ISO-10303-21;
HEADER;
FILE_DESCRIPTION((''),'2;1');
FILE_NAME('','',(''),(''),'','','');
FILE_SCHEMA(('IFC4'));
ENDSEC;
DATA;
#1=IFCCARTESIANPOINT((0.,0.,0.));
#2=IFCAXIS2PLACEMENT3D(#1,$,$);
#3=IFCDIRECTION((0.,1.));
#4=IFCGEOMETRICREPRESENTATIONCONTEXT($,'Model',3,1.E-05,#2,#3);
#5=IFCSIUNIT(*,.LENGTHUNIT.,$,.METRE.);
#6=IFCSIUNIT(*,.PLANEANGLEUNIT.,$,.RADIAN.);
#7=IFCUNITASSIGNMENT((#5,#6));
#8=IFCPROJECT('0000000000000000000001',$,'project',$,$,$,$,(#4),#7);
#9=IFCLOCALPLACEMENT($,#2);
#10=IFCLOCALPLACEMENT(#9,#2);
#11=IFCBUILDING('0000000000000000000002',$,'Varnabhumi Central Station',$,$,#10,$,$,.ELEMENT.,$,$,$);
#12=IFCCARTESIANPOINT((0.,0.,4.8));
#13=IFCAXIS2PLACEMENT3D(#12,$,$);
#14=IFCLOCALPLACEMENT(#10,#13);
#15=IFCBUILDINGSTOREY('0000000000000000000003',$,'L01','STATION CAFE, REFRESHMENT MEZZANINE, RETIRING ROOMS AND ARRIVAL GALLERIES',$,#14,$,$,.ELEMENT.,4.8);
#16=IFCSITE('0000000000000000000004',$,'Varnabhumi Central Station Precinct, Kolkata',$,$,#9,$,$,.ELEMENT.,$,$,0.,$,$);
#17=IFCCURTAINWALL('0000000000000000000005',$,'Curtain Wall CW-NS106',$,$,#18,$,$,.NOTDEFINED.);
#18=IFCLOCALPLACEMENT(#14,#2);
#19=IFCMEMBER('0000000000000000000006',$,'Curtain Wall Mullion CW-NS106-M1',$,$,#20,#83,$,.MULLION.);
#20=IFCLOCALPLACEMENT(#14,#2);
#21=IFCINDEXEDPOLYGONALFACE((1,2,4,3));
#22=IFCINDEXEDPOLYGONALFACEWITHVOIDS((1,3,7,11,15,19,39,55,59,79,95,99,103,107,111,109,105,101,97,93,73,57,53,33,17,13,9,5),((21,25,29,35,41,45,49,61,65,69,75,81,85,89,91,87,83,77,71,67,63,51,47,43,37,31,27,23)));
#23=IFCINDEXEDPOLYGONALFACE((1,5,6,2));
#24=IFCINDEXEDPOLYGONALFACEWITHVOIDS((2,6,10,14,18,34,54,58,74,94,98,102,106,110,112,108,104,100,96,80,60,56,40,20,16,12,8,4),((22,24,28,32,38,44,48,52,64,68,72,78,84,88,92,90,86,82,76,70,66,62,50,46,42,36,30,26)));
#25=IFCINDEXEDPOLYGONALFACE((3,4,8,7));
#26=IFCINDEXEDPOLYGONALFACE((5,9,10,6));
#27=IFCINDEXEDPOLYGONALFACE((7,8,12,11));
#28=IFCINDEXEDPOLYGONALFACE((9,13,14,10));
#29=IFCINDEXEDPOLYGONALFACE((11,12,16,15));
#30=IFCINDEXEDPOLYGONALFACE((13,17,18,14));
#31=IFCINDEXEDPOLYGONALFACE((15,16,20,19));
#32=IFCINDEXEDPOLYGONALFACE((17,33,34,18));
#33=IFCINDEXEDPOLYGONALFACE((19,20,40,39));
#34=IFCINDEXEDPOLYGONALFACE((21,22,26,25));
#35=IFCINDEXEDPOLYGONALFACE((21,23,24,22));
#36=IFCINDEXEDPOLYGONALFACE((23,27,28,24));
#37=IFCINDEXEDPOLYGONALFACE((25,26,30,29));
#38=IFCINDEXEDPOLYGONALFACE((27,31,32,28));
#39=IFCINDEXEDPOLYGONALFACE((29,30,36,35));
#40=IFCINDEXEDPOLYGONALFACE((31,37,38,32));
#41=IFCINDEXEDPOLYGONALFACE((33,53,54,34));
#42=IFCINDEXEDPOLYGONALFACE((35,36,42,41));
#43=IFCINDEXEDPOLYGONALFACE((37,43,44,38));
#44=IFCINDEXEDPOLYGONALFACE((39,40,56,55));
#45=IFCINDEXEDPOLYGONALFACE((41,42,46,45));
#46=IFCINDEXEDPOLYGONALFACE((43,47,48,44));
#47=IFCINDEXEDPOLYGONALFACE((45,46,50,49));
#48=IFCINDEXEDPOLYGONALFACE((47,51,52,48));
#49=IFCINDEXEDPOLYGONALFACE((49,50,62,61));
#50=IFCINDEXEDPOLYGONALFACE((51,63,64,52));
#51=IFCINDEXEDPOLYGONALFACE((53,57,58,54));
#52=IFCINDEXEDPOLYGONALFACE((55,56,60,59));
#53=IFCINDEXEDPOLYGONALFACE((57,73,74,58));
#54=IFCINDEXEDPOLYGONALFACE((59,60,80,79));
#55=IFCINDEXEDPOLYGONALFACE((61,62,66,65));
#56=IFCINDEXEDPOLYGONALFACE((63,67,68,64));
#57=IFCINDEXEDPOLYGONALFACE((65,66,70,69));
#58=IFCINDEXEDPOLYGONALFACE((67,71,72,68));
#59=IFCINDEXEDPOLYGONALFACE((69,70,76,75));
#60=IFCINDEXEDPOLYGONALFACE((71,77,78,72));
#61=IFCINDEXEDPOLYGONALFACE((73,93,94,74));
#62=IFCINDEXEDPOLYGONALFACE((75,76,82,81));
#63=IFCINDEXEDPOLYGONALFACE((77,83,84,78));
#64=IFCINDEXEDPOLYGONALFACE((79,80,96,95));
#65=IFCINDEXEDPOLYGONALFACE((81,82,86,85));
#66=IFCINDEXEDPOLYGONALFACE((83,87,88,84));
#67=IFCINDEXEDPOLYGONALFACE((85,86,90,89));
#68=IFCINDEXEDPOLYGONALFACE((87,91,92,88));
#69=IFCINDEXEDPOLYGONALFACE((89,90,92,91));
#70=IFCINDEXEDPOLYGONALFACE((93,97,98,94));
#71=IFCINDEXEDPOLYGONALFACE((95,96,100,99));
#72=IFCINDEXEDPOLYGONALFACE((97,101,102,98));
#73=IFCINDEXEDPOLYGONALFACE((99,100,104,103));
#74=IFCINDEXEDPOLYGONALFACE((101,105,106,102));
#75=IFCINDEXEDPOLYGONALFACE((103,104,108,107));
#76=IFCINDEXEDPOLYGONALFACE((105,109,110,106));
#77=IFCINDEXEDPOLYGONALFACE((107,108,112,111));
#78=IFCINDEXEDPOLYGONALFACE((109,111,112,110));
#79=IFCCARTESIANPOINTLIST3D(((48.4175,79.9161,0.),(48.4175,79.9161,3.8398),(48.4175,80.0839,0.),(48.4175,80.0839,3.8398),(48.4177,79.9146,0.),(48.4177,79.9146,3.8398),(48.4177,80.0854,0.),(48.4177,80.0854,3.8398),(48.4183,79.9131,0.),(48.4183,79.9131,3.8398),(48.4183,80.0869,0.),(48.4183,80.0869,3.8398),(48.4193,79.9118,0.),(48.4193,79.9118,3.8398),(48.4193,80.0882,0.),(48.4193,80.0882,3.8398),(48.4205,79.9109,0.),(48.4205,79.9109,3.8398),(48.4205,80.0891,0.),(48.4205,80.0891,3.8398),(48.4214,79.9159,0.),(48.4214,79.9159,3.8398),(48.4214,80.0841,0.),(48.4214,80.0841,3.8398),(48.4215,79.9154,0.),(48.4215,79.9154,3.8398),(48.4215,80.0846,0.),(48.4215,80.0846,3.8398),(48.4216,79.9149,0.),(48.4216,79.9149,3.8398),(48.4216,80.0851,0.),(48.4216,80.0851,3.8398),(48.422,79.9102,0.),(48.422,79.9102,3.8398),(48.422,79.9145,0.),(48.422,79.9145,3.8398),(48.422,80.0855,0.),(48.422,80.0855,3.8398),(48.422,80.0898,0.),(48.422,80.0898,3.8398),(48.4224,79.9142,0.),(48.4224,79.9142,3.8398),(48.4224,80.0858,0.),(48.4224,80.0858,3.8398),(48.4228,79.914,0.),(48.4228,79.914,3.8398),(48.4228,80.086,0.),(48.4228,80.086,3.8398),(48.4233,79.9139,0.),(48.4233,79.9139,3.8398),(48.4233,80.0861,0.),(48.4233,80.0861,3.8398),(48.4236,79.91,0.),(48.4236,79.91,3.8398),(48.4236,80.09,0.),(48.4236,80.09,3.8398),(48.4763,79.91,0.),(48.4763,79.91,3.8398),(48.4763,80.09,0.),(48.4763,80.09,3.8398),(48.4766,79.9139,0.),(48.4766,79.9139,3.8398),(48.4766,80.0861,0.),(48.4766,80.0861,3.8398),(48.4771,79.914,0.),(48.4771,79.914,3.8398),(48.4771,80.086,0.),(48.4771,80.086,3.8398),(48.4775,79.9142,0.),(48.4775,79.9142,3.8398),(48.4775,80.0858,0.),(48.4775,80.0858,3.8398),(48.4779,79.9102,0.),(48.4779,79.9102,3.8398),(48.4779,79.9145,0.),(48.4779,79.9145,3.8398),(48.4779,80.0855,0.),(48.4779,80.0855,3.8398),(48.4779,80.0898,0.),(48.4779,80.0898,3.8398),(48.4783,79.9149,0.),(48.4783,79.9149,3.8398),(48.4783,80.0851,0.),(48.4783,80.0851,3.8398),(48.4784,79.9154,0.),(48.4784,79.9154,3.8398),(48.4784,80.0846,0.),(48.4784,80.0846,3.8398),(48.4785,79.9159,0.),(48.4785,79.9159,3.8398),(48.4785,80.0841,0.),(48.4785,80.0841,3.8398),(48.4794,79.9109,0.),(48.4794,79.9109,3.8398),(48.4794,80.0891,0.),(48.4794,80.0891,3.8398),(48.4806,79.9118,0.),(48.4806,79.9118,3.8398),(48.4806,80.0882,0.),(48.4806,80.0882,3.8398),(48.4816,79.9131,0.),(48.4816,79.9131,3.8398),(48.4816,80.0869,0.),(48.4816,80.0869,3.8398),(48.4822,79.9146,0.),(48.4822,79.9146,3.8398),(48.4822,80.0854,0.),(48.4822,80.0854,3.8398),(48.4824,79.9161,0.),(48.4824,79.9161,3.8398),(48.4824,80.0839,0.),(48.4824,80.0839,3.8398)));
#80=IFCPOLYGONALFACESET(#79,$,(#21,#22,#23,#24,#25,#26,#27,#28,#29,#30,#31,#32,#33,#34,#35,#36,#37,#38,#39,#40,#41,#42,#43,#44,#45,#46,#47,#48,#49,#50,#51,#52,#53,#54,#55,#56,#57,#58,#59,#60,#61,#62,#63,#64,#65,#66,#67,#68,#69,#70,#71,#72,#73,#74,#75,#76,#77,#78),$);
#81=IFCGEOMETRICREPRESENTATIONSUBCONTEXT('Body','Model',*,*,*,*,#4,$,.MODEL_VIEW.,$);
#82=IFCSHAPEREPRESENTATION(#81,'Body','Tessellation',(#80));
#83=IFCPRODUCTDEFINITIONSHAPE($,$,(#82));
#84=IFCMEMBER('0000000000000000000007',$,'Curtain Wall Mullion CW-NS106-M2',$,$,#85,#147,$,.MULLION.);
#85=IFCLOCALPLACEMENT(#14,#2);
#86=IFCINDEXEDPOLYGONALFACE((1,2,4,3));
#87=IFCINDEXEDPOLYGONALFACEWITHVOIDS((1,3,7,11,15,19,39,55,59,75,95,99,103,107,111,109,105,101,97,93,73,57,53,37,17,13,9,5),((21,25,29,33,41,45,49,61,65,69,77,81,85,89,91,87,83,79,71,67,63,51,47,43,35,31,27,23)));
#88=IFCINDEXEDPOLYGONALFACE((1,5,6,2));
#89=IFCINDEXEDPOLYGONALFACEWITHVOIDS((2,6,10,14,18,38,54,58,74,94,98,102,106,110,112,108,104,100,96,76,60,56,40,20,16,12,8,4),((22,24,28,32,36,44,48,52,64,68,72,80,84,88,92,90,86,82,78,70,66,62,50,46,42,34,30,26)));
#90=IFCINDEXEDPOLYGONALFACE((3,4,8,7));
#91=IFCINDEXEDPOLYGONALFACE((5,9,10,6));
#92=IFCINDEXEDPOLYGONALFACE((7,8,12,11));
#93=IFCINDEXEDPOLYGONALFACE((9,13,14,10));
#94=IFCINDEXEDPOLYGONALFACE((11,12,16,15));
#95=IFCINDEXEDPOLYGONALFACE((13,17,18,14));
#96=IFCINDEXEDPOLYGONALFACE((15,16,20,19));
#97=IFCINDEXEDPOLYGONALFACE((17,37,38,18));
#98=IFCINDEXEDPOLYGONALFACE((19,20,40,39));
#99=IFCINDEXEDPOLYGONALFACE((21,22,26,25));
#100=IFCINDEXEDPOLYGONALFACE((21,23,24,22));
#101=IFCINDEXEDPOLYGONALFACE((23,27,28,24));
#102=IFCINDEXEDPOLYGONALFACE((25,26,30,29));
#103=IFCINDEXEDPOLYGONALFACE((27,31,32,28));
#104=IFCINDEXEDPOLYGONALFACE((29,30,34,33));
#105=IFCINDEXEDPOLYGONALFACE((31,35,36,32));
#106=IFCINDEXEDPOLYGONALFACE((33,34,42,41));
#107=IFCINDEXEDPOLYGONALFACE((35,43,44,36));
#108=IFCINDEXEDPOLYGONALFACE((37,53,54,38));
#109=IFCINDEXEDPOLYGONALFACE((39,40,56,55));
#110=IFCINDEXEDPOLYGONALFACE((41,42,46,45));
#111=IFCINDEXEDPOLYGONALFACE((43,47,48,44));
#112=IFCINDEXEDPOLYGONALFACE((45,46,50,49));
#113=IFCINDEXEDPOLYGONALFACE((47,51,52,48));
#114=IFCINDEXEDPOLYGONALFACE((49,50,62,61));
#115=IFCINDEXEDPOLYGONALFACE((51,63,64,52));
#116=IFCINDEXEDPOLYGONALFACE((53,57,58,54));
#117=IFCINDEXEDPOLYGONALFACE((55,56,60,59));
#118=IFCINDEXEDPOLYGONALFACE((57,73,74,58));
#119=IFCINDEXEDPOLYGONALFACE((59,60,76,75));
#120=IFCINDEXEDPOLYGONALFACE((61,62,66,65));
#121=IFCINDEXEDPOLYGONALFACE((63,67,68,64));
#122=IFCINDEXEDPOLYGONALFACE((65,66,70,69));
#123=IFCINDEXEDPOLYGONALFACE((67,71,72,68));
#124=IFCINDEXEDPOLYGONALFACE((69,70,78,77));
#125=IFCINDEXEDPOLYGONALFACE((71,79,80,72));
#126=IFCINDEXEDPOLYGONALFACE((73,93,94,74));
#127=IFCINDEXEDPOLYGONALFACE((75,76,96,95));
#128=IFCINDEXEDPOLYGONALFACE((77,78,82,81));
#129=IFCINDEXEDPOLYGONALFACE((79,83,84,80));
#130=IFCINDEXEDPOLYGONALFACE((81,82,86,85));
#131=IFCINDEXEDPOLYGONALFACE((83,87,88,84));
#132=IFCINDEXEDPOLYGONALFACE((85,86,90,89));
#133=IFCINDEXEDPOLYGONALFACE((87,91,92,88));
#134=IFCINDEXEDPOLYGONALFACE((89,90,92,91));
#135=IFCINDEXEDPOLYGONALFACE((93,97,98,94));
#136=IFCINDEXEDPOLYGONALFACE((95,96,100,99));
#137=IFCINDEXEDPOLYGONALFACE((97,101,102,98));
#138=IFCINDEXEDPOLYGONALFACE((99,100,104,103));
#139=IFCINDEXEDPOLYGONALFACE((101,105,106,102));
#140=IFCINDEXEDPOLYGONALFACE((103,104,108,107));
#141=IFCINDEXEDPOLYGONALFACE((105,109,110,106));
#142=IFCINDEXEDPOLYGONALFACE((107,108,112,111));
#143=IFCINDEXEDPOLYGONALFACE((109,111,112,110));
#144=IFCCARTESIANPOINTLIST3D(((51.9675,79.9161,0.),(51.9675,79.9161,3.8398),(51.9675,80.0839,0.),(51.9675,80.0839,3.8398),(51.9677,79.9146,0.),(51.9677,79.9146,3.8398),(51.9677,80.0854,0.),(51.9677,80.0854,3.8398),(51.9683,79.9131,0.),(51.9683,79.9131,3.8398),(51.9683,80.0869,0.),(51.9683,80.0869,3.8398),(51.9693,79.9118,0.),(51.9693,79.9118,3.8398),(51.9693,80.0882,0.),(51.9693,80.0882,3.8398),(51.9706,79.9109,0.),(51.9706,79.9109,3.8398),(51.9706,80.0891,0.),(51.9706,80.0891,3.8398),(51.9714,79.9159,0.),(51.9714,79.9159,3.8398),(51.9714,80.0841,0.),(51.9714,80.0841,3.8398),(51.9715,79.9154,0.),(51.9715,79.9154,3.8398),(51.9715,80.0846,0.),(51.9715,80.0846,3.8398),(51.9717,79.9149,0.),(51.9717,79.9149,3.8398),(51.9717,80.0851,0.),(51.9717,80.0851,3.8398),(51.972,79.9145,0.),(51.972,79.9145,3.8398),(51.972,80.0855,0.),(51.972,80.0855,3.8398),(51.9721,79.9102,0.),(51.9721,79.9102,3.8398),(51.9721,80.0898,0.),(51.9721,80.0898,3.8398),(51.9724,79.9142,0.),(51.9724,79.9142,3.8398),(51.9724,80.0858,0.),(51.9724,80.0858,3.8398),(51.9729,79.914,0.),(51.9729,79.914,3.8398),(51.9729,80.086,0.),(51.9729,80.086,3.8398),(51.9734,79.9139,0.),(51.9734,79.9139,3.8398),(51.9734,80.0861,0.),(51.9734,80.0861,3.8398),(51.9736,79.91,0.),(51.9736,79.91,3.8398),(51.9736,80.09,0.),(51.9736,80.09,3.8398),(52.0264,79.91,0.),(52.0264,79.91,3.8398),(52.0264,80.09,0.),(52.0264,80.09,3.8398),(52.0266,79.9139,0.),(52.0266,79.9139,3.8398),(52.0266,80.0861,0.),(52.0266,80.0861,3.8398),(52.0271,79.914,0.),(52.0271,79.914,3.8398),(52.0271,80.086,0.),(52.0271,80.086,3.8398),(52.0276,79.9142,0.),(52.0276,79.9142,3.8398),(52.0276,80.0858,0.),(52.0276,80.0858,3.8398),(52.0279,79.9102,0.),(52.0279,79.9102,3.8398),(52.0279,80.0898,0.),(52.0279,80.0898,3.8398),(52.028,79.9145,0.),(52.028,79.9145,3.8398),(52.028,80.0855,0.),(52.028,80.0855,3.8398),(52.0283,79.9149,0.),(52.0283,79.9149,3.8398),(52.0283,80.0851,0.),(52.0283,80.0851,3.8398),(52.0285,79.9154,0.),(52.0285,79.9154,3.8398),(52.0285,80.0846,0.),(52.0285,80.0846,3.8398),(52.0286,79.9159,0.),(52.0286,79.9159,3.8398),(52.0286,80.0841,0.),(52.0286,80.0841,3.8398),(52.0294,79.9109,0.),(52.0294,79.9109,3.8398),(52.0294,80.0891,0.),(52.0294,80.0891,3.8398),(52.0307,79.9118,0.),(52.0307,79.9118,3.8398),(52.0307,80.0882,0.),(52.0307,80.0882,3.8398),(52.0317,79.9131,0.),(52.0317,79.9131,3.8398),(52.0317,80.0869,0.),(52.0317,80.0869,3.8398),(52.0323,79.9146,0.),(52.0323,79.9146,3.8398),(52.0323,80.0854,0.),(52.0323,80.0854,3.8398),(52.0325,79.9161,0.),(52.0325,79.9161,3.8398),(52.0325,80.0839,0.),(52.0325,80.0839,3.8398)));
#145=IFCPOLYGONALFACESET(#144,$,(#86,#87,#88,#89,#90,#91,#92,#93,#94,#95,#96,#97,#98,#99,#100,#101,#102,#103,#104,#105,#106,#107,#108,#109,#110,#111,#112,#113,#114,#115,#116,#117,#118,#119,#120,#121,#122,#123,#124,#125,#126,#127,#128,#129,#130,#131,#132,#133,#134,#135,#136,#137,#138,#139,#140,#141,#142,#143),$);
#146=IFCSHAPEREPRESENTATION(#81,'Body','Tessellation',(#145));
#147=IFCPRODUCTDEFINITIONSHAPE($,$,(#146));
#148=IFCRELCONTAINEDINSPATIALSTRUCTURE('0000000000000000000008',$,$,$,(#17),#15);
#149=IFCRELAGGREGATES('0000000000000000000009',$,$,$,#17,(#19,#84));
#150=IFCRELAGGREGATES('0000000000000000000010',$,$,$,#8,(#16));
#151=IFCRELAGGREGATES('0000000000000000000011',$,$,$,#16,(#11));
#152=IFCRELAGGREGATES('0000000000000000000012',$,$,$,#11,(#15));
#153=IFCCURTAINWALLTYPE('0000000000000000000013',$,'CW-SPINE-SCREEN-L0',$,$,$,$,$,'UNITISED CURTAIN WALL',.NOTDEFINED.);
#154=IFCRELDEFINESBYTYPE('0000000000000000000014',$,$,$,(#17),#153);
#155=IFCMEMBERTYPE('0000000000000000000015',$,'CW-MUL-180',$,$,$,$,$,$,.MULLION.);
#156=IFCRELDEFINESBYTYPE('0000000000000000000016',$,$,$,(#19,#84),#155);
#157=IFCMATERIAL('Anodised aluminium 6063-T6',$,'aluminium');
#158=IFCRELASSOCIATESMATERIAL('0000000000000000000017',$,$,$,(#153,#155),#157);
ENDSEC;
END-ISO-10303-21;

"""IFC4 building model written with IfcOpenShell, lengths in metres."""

from ifc_helpers import new_model, si_unit, direction, frame, origin, origin_2d, place, context, subcontext, project, spatial, hollow_rectangle, extrude, material, material_profile, profile_set, type_object, element, aggregate, save


model = new_model("IFC4")

# Units and contexts
model_context = context("Model", 3, precision=1e-05, world=origin(), true_north=direction((0.0, 1.0)))
body_context = subcontext(model_context, "Body", "Model", "MODEL_VIEW")
ifc_project = project(units=[si_unit("LENGTHUNIT", "METRE"), si_unit("PLANEANGLEUNIT", "RADIAN")], contexts=[model_context])

# Site, building, storey
site_placement = place(None, origin())
site = spatial("IfcSite", under=ifc_project, at=site_placement, Name="Varnabhumi Central Station Precinct, Kolkata", CompositionType="ELEMENT", RefElevation=0.0)
building_placement = place(site_placement, origin())
building = spatial("IfcBuilding", under=site, at=building_placement, Name="Varnabhumi Central Station", CompositionType="ELEMENT")
storey_placement = place(building_placement, frame((0.0, 0.0, 4.8)))
storey = spatial("IfcBuildingStorey", under=building, at=storey_placement, Name="L01", Description="STATION CAFE, REFRESHMENT MEZZANINE, RETIRING ROOMS AND ARRIVAL GALLERIES", CompositionType="ELEMENT", Elevation=4.8)

# Curtain wall, members
ifc_material_1 = material(Name="Anodised aluminium 6063-T6", Category="aluminium")
curtain_wall_type_1 = type_object("IfcCurtainWallType", Name="CW-SPINE-SCREEN-L0", ElementType="UNITISED CURTAIN WALL", PredefinedType="NOTDEFINED", material=ifc_material_1)
curtain_wall_1_placement = place(storey_placement, origin())
curtain_wall_1 = element("IfcCurtainWall", 1, at=curtain_wall_1_placement, inside=storey, type_object=curtain_wall_type_1, Name="Curtain Wall CW-NS106", PredefinedType="NOTDEFINED")
ifc_material_profile_1 = material_profile(ifc_material_1, hollow_rectangle(XDim=0.0649, YDim=0.1799, WallThickness=0.0039, InnerFilletRadius=0.002, OuterFilletRadius=0.0061, at=origin_2d()), Name="Anodised aluminium 6063-T6", Category="aluminium")
ifc_profile_set_1 = profile_set([ifc_material_profile_1], Name="Anodised aluminium 6063-T6")
member_type_1 = type_object("IfcMemberType", Name="CW-MUL-180", PredefinedType="MULLION", material=ifc_profile_set_1)
member_1_placement = place(storey_placement, frame((48.45, 80.0, 0.0), z_axis=(0.0, 0.0, 1.0), x_axis=(1.0, 0.0, 0.0)))
member_1 = element("IfcMember", 2, at=member_1_placement, type_object=member_type_1, Name="Curtain Wall Mullion CW-NS106-M1", PredefinedType="MULLION", context=body_context, shape_type="SweptSolid", body=[
    extrude(hollow_rectangle(XDim=0.0649, YDim=0.1799, WallThickness=0.0039, InnerFilletRadius=0.002, OuterFilletRadius=0.0061, at=origin_2d()), origin(), (0.0, 0.0, 1.0), 3.8398),
])
member_2_placement = place(storey_placement, frame((52.0, 80.0, 0.0), z_axis=(0.0, 0.0, 1.0), x_axis=(1.0, 0.0, 0.0)))
member_2 = element("IfcMember", 3, at=member_2_placement, type_object=member_type_1, Name="Curtain Wall Mullion CW-NS106-M2", PredefinedType="MULLION", context=body_context, shape_type="SweptSolid", body=[
    extrude(hollow_rectangle(XDim=0.0649, YDim=0.1799, WallThickness=0.0039, InnerFilletRadius=0.002, OuterFilletRadius=0.0061, at=origin_2d()), origin(), (0.0, 0.0, 1.0), 3.8398),
])

aggregate(curtain_wall_1, [member_1, member_2])

save(model, "model.ifc")
